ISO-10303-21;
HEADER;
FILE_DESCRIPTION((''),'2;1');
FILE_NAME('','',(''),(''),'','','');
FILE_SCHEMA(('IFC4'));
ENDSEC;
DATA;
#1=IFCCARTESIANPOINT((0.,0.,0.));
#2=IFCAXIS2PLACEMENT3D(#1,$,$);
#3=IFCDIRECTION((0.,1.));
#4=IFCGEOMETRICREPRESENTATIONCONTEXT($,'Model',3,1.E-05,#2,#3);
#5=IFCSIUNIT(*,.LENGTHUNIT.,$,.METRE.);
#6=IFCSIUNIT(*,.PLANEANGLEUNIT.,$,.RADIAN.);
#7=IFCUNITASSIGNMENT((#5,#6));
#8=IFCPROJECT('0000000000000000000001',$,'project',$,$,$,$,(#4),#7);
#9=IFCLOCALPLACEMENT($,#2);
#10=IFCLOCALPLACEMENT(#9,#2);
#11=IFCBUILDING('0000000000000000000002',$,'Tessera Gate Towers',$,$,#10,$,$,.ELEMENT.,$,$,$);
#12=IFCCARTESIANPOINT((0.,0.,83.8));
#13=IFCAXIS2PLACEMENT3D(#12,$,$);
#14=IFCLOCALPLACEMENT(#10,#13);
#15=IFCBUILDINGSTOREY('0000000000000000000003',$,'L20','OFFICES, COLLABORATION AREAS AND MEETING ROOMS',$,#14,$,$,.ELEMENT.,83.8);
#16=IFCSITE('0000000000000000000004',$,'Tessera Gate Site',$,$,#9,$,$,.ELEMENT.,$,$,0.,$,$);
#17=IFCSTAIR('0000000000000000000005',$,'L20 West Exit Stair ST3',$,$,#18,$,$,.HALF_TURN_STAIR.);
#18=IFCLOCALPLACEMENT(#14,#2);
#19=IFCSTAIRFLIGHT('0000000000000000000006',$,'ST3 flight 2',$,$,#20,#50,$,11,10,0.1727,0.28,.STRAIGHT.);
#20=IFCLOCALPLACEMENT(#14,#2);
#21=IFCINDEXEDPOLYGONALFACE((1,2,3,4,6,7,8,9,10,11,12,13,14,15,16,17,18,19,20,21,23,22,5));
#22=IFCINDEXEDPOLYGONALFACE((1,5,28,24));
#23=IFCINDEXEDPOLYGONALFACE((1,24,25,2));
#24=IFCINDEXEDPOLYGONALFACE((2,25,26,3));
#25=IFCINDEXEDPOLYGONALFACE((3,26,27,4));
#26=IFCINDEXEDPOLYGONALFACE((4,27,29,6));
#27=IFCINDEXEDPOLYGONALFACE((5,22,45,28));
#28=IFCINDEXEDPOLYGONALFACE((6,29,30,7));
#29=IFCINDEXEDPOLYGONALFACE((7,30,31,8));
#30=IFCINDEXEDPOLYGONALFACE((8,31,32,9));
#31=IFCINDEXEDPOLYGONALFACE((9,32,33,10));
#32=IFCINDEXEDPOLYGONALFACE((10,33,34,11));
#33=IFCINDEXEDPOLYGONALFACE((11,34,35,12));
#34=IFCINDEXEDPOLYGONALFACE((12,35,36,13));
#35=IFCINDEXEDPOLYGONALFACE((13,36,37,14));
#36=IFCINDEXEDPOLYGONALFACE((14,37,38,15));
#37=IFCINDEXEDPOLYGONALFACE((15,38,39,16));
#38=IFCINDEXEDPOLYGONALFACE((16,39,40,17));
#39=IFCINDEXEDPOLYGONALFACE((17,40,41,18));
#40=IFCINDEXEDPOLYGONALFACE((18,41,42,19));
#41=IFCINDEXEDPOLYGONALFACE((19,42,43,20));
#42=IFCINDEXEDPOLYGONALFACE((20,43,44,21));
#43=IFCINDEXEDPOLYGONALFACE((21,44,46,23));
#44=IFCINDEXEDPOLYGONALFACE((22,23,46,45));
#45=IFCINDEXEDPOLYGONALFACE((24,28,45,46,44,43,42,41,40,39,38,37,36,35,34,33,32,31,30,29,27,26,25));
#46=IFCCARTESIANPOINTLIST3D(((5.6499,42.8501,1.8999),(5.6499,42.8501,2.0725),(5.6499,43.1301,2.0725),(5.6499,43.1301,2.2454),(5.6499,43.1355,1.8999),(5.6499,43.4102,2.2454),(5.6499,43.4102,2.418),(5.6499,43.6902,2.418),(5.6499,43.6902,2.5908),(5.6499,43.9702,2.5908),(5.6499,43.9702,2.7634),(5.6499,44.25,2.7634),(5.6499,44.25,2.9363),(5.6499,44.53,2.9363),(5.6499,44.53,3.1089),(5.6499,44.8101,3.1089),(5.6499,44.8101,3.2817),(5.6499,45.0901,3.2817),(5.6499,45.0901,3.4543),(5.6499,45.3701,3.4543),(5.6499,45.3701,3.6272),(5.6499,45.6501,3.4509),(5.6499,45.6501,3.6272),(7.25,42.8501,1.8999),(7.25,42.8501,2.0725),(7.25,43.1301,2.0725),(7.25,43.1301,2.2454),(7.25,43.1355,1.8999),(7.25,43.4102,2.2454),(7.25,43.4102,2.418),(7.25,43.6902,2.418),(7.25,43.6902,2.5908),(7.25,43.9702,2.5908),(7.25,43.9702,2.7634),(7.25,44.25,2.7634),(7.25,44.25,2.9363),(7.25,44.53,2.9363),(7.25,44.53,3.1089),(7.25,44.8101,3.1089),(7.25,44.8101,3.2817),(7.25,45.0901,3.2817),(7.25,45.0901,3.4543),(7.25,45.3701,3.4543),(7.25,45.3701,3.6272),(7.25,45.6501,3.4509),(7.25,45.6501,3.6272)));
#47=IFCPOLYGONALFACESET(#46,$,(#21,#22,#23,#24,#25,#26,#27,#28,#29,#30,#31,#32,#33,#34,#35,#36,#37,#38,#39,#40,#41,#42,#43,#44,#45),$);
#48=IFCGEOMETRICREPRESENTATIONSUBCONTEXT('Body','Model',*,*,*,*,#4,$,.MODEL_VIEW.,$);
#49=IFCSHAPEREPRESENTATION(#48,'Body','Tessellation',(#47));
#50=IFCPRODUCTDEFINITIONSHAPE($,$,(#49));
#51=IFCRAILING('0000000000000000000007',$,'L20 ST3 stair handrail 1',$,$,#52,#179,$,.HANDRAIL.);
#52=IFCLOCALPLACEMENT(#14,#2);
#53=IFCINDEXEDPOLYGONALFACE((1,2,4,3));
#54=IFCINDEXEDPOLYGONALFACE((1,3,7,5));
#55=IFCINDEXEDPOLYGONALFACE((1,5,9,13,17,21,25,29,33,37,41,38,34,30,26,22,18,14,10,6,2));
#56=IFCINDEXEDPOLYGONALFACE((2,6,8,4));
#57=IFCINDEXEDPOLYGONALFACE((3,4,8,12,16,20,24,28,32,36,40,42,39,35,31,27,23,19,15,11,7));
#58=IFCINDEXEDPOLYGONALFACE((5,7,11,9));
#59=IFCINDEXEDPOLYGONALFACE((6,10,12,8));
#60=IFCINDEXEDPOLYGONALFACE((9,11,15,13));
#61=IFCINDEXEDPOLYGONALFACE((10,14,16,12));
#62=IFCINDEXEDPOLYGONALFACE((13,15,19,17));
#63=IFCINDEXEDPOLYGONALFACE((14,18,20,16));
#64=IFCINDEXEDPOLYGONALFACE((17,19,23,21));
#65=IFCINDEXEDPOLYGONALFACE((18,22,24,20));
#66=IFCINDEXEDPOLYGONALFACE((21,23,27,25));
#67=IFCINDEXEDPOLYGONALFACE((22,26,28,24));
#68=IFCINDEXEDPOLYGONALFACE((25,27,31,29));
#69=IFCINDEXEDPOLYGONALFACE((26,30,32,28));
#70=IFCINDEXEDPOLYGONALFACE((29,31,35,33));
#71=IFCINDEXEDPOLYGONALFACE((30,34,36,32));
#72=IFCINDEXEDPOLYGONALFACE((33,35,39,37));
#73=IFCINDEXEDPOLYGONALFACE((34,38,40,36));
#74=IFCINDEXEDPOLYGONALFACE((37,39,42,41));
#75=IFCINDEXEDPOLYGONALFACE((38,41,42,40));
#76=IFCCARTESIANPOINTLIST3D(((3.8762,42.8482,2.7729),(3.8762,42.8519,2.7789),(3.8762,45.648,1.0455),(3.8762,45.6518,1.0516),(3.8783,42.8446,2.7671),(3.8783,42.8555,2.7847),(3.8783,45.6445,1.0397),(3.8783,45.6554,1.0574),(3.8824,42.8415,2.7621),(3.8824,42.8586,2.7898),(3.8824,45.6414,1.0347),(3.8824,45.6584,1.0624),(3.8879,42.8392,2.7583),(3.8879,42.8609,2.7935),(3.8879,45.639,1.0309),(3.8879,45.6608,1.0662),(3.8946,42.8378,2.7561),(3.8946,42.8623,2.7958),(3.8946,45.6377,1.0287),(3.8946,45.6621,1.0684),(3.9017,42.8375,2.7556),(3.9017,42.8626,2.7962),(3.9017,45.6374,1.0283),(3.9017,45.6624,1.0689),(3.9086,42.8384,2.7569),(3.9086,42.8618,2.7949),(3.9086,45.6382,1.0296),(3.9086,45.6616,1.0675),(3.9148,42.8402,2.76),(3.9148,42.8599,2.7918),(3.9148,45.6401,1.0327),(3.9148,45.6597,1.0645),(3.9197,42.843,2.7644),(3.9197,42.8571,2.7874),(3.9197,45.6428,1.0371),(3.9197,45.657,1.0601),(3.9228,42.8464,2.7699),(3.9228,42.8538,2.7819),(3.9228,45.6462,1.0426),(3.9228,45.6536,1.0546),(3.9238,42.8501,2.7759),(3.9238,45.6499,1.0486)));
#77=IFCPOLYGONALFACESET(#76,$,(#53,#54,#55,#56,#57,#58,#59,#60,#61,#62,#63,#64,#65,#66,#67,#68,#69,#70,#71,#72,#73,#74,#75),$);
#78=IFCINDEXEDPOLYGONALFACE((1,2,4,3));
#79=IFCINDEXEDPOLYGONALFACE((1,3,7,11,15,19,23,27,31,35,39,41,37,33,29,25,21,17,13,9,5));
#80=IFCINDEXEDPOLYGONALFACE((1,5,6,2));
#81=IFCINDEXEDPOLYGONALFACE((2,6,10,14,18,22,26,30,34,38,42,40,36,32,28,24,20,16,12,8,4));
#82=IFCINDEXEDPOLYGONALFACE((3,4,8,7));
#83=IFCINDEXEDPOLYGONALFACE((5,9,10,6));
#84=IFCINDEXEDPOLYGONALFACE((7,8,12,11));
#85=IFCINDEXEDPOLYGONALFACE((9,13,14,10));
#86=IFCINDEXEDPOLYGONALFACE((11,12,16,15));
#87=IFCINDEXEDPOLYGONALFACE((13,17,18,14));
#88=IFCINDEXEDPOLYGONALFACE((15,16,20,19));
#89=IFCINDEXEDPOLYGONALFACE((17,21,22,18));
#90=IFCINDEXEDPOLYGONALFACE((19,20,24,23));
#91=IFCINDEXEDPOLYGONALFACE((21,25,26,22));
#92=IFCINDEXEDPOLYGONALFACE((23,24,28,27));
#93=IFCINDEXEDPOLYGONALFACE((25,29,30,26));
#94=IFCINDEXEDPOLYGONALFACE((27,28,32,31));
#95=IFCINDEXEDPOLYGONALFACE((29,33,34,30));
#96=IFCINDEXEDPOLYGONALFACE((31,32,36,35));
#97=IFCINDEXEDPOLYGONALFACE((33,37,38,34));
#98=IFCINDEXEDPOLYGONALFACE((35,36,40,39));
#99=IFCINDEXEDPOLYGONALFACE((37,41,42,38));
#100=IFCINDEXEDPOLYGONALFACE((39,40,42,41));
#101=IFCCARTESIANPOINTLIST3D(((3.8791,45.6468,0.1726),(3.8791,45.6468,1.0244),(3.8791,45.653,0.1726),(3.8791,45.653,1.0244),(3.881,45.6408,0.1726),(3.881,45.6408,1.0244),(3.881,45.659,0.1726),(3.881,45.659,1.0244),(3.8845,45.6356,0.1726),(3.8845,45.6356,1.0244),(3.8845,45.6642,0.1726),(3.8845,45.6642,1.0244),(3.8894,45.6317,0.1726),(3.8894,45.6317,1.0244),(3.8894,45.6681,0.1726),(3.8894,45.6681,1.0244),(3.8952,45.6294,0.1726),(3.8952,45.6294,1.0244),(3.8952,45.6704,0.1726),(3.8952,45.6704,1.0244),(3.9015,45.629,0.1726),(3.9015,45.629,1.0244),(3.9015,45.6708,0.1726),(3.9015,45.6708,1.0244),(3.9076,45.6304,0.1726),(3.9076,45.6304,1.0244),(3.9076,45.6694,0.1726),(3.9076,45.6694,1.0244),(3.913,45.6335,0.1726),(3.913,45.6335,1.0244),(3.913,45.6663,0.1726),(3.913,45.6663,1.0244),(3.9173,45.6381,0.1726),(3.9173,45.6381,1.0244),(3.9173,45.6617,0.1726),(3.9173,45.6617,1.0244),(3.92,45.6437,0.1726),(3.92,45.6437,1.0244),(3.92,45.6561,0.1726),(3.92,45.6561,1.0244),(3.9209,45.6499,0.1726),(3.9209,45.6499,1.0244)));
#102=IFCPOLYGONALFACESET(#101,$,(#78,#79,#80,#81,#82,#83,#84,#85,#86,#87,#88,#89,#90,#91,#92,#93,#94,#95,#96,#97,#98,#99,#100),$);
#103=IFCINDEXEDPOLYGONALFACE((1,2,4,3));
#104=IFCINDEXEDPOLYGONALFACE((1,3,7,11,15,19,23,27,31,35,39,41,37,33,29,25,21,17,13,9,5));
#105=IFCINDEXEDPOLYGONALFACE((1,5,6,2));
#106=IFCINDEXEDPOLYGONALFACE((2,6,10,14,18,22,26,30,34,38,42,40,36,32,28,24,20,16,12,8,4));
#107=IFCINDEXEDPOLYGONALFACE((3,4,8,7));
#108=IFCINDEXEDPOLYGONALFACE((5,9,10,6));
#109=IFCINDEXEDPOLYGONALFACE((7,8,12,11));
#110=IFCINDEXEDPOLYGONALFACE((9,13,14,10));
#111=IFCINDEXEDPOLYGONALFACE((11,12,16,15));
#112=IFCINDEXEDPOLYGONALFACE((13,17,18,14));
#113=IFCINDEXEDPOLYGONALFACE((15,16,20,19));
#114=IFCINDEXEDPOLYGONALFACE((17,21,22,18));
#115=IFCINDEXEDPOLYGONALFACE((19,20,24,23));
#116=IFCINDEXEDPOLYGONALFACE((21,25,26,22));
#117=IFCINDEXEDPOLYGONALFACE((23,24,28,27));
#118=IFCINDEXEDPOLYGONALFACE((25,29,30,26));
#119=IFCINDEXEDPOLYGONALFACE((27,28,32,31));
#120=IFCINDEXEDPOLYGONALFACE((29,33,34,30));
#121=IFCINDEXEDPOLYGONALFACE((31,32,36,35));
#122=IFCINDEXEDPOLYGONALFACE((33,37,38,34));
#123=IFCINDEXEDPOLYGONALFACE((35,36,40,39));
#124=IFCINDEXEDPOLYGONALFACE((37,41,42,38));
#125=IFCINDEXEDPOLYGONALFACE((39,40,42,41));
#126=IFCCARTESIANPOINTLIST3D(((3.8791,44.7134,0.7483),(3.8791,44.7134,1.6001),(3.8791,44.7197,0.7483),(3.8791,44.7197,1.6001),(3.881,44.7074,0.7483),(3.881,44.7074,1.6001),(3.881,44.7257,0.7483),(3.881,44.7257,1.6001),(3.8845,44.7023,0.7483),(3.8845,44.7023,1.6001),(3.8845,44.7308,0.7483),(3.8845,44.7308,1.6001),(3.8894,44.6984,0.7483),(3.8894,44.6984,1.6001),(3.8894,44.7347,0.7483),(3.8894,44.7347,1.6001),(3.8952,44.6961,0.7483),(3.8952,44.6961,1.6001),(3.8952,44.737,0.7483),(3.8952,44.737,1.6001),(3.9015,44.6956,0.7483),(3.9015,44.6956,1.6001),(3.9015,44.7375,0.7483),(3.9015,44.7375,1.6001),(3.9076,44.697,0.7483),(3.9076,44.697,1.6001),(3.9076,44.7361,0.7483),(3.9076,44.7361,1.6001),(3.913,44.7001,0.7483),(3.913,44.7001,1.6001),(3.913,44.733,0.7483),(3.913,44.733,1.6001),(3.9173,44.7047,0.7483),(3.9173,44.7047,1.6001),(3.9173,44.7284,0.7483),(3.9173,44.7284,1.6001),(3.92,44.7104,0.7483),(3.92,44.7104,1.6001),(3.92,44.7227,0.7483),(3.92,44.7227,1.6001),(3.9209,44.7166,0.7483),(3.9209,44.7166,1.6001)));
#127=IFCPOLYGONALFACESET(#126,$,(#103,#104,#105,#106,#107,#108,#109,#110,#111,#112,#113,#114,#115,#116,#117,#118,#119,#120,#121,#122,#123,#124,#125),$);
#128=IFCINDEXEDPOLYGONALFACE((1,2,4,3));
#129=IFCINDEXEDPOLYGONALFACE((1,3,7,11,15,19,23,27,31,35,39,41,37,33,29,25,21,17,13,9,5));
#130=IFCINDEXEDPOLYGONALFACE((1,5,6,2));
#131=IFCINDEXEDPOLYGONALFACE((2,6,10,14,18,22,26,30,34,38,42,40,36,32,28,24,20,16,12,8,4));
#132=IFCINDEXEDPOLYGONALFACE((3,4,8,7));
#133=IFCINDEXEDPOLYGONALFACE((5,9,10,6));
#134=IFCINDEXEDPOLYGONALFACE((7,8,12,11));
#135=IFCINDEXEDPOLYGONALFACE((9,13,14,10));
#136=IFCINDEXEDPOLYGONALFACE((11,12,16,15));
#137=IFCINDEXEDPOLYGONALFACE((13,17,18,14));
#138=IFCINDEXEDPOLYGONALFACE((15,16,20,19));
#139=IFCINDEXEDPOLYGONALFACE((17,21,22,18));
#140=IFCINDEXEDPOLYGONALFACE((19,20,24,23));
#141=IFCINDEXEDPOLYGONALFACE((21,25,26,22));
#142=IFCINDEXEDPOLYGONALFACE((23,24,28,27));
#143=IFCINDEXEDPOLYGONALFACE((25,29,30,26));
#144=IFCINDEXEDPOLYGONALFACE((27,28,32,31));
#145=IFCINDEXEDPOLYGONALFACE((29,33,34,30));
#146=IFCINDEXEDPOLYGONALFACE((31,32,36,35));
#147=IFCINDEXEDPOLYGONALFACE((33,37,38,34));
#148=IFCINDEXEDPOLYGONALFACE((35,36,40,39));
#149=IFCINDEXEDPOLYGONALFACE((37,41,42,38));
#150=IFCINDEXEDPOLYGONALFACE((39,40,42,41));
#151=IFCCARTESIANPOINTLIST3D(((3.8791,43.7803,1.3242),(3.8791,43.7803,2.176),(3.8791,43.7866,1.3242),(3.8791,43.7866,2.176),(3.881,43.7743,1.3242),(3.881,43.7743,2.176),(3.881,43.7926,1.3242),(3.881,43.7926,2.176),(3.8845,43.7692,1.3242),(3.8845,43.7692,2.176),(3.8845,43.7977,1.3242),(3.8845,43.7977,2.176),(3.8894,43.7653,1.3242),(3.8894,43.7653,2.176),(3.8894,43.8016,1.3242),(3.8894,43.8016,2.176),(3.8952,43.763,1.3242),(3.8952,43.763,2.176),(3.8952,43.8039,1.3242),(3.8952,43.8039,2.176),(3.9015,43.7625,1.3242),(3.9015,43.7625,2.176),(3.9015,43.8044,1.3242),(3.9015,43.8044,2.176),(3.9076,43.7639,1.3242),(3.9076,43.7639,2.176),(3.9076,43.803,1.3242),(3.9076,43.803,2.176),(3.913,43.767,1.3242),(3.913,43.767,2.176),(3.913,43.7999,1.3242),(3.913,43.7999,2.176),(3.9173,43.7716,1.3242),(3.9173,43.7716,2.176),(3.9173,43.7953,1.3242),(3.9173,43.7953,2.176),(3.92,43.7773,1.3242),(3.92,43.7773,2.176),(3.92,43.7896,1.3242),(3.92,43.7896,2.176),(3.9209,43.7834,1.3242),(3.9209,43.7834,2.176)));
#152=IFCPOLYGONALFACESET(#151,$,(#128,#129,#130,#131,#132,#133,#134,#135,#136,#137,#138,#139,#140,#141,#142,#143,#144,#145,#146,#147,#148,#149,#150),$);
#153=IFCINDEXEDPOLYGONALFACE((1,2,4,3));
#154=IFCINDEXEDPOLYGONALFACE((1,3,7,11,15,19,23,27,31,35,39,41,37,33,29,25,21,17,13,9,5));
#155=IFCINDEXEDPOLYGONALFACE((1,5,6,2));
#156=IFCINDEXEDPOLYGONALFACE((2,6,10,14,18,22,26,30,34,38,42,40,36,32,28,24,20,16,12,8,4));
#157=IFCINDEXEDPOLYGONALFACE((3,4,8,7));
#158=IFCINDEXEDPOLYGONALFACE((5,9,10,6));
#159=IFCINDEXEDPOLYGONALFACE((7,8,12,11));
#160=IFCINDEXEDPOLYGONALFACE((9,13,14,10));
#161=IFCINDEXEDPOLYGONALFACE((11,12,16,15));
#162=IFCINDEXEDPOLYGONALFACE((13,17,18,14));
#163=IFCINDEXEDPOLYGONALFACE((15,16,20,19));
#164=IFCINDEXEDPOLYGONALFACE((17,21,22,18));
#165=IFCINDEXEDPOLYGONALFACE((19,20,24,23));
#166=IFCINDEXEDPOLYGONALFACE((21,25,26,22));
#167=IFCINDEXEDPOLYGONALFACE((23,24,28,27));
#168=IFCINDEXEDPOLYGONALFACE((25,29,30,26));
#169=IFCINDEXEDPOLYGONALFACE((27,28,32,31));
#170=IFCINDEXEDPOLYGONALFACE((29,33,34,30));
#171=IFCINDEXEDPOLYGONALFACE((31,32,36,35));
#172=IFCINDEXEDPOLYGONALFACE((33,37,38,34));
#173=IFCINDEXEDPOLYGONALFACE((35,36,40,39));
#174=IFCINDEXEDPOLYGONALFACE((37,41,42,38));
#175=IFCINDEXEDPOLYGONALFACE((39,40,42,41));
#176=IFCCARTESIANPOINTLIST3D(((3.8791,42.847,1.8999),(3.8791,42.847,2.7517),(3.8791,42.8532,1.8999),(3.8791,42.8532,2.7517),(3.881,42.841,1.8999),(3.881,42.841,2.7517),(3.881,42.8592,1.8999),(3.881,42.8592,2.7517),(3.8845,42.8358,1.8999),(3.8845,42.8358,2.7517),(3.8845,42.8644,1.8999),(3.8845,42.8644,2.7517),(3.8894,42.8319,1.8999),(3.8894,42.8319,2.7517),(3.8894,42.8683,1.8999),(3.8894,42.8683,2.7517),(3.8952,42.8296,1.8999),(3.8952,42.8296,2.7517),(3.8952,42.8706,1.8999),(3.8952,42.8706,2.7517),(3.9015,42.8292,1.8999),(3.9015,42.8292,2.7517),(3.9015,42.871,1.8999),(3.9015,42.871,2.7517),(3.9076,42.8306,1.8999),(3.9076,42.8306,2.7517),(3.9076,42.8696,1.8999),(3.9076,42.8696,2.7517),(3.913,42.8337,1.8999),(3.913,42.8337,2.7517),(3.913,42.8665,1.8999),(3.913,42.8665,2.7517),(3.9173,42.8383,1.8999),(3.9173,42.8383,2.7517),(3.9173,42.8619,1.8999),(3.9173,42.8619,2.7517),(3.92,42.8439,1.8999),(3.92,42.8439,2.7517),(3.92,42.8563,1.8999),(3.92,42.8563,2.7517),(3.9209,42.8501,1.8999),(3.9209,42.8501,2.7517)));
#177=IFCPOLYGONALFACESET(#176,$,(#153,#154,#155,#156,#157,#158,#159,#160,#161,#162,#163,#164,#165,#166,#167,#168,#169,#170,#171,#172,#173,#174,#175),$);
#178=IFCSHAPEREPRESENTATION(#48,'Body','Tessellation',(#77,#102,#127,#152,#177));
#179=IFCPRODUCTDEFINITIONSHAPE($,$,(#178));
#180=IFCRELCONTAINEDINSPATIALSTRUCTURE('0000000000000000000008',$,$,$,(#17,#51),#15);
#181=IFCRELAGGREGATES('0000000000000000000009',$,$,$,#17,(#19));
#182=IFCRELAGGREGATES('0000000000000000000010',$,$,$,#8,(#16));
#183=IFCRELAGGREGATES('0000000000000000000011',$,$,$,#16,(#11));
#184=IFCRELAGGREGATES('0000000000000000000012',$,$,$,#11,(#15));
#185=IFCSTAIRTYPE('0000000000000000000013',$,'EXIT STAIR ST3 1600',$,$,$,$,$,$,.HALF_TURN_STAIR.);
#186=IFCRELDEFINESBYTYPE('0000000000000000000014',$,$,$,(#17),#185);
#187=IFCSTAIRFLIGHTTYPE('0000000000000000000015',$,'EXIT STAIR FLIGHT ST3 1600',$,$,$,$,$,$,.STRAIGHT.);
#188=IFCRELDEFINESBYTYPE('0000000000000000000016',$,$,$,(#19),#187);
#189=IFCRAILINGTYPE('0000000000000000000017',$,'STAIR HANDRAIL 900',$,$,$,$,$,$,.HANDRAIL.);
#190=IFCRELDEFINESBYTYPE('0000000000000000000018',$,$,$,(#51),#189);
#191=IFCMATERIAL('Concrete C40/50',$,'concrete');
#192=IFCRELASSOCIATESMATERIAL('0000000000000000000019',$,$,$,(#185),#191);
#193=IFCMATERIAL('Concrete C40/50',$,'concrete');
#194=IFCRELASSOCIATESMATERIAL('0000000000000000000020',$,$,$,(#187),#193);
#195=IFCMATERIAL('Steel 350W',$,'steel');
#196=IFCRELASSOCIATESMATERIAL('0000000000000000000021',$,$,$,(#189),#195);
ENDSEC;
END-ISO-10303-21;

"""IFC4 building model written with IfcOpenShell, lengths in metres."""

from ifc_helpers import new_model, si_unit, direction, frame, origin, origin_2d, place, context, subcontext, project, spatial, polyline, circle, outline, extrude, material, type_object, element, aggregate, save


model = new_model("IFC4")

# Units and contexts
model_context = context("Model", 3, precision=1e-05, world=origin(), true_north=direction((0.0, 1.0)))
body_context = subcontext(model_context, "Body", "Model", "MODEL_VIEW")
ifc_project = project(units=[si_unit("LENGTHUNIT", "METRE"), si_unit("PLANEANGLEUNIT", "RADIAN")], contexts=[model_context])

# Site, building, storey
site_placement = place(None, origin())
site = spatial("IfcSite", under=ifc_project, at=site_placement, Name="Tessera Gate Site", CompositionType="ELEMENT", RefElevation=0.0)
building_placement = place(site_placement, origin())
building = spatial("IfcBuilding", under=site, at=building_placement, Name="Tessera Gate Towers", CompositionType="ELEMENT")
storey_placement = place(building_placement, frame((0.0, 0.0, 83.8)))
storey = spatial("IfcBuildingStorey", under=building, at=storey_placement, Name="L20", Description="OFFICES, COLLABORATION AREAS AND MEETING ROOMS", CompositionType="ELEMENT", Elevation=83.8)

# Stair, stair flight
ifc_material_1 = material(Name="Concrete C40/50", Category="concrete")
stair_type = type_object("IfcStairType", Name="EXIT STAIR ST3 1600", PredefinedType="HALF_TURN_STAIR", material=ifc_material_1)
stair_placement = place(storey_placement, origin())
stair = element("IfcStair", 1, at=stair_placement, inside=storey, type_object=stair_type, Name="L20 West Exit Stair ST3", PredefinedType="HALF_TURN_STAIR")
ifc_material_2 = material(Name="Concrete C40/50", Category="concrete")
stair_flight_type = type_object("IfcStairFlightType", Name="EXIT STAIR FLIGHT ST3 1600", PredefinedType="STRAIGHT", material=ifc_material_2)
stair_flight_1_placement = place(storey_placement, frame((6.45, 42.8501, 1.8999), z_axis=(0.0, 0.0, 1.0), x_axis=(0.0, 1.0, 0.0)))
stair_flight_1 = element("IfcStairFlight", 2, at=stair_flight_1_placement, type_object=stair_flight_type, Name="ST3 flight 2", NumberOfRisers=11, NumberOfTreads=10, PredefinedType="STRAIGHT", RiserHeight=0.1727, TreadLength=0.28, context=body_context, shape_type="SweptSolid", body=[
    extrude(outline(polyline([(0.0, 0.0), (0.0, 0.1726), (0.28, 0.1726), (0.28, 0.3455), (0.5601, 0.3455), (0.5601, 0.5181), (0.8401, 0.5181), (0.8401, 0.6909), (1.1201, 0.6909), (1.1201, 0.8635), (1.3999, 0.8635), (1.3999, 1.0364), (1.6799, 1.0364), (1.6799, 1.209), (1.96, 1.209), (1.96, 1.3818), (2.24, 1.3818), (2.24, 1.5544), (2.52, 1.5544), (2.52, 1.7273), (2.8, 1.7273), (2.8, 1.8999), (2.8, 1.551), (0.2854, 0.0), (0.0, 0.0)])), frame((0.0, 0.8, 0.0), z_axis=(0.0, -1.0, 0.0), x_axis=(1.0, 0.0, 0.0)), (0.0, 0.0, 1.0), 1.6001),
])
aggregate(stair, [stair_flight_1])

# Railing
ifc_material_3 = material(Name="Steel 350W", Category="steel")
railing_type_1 = type_object("IfcRailingType", Name="STAIR HANDRAIL 900", PredefinedType="HANDRAIL", material=ifc_material_3)
railing_1_placement = place(storey_placement, frame((3.8999, 45.6499, 0.1726)))
element("IfcRailing", 3, at=railing_1_placement, inside=storey, type_object=railing_type_1, Name="L20 ST3 stair handrail 1", PredefinedType="HANDRAIL", context=body_context, shape_type="SweptSolid", body=[
    extrude(circle(Radius=0.0239, at=origin_2d()), frame((0.0, 0.0, 0.876), z_axis=(0.0, -0.851069, 0.525054), x_axis=(1.0, 0.0, 0.0)), (0.0, 0.0, 1.0), 3.2898),
    extrude(circle(Radius=0.021, at=origin_2d()), origin(), (0.0, 0.0, 1.0), 0.8518),
    extrude(circle(Radius=0.021, at=origin_2d()), frame((0.0, -0.9333, 0.5757)), (0.0, 0.0, 1.0), 0.8518),
    extrude(circle(Radius=0.021, at=origin_2d()), frame((0.0, -1.8665, 1.1516)), (0.0, 0.0, 1.0), 0.8518),
    extrude(circle(Radius=0.021, at=origin_2d()), frame((0.0, -2.7998, 1.7273)), (0.0, 0.0, 1.0), 0.8518),
])

save(model, "model.ifc")
